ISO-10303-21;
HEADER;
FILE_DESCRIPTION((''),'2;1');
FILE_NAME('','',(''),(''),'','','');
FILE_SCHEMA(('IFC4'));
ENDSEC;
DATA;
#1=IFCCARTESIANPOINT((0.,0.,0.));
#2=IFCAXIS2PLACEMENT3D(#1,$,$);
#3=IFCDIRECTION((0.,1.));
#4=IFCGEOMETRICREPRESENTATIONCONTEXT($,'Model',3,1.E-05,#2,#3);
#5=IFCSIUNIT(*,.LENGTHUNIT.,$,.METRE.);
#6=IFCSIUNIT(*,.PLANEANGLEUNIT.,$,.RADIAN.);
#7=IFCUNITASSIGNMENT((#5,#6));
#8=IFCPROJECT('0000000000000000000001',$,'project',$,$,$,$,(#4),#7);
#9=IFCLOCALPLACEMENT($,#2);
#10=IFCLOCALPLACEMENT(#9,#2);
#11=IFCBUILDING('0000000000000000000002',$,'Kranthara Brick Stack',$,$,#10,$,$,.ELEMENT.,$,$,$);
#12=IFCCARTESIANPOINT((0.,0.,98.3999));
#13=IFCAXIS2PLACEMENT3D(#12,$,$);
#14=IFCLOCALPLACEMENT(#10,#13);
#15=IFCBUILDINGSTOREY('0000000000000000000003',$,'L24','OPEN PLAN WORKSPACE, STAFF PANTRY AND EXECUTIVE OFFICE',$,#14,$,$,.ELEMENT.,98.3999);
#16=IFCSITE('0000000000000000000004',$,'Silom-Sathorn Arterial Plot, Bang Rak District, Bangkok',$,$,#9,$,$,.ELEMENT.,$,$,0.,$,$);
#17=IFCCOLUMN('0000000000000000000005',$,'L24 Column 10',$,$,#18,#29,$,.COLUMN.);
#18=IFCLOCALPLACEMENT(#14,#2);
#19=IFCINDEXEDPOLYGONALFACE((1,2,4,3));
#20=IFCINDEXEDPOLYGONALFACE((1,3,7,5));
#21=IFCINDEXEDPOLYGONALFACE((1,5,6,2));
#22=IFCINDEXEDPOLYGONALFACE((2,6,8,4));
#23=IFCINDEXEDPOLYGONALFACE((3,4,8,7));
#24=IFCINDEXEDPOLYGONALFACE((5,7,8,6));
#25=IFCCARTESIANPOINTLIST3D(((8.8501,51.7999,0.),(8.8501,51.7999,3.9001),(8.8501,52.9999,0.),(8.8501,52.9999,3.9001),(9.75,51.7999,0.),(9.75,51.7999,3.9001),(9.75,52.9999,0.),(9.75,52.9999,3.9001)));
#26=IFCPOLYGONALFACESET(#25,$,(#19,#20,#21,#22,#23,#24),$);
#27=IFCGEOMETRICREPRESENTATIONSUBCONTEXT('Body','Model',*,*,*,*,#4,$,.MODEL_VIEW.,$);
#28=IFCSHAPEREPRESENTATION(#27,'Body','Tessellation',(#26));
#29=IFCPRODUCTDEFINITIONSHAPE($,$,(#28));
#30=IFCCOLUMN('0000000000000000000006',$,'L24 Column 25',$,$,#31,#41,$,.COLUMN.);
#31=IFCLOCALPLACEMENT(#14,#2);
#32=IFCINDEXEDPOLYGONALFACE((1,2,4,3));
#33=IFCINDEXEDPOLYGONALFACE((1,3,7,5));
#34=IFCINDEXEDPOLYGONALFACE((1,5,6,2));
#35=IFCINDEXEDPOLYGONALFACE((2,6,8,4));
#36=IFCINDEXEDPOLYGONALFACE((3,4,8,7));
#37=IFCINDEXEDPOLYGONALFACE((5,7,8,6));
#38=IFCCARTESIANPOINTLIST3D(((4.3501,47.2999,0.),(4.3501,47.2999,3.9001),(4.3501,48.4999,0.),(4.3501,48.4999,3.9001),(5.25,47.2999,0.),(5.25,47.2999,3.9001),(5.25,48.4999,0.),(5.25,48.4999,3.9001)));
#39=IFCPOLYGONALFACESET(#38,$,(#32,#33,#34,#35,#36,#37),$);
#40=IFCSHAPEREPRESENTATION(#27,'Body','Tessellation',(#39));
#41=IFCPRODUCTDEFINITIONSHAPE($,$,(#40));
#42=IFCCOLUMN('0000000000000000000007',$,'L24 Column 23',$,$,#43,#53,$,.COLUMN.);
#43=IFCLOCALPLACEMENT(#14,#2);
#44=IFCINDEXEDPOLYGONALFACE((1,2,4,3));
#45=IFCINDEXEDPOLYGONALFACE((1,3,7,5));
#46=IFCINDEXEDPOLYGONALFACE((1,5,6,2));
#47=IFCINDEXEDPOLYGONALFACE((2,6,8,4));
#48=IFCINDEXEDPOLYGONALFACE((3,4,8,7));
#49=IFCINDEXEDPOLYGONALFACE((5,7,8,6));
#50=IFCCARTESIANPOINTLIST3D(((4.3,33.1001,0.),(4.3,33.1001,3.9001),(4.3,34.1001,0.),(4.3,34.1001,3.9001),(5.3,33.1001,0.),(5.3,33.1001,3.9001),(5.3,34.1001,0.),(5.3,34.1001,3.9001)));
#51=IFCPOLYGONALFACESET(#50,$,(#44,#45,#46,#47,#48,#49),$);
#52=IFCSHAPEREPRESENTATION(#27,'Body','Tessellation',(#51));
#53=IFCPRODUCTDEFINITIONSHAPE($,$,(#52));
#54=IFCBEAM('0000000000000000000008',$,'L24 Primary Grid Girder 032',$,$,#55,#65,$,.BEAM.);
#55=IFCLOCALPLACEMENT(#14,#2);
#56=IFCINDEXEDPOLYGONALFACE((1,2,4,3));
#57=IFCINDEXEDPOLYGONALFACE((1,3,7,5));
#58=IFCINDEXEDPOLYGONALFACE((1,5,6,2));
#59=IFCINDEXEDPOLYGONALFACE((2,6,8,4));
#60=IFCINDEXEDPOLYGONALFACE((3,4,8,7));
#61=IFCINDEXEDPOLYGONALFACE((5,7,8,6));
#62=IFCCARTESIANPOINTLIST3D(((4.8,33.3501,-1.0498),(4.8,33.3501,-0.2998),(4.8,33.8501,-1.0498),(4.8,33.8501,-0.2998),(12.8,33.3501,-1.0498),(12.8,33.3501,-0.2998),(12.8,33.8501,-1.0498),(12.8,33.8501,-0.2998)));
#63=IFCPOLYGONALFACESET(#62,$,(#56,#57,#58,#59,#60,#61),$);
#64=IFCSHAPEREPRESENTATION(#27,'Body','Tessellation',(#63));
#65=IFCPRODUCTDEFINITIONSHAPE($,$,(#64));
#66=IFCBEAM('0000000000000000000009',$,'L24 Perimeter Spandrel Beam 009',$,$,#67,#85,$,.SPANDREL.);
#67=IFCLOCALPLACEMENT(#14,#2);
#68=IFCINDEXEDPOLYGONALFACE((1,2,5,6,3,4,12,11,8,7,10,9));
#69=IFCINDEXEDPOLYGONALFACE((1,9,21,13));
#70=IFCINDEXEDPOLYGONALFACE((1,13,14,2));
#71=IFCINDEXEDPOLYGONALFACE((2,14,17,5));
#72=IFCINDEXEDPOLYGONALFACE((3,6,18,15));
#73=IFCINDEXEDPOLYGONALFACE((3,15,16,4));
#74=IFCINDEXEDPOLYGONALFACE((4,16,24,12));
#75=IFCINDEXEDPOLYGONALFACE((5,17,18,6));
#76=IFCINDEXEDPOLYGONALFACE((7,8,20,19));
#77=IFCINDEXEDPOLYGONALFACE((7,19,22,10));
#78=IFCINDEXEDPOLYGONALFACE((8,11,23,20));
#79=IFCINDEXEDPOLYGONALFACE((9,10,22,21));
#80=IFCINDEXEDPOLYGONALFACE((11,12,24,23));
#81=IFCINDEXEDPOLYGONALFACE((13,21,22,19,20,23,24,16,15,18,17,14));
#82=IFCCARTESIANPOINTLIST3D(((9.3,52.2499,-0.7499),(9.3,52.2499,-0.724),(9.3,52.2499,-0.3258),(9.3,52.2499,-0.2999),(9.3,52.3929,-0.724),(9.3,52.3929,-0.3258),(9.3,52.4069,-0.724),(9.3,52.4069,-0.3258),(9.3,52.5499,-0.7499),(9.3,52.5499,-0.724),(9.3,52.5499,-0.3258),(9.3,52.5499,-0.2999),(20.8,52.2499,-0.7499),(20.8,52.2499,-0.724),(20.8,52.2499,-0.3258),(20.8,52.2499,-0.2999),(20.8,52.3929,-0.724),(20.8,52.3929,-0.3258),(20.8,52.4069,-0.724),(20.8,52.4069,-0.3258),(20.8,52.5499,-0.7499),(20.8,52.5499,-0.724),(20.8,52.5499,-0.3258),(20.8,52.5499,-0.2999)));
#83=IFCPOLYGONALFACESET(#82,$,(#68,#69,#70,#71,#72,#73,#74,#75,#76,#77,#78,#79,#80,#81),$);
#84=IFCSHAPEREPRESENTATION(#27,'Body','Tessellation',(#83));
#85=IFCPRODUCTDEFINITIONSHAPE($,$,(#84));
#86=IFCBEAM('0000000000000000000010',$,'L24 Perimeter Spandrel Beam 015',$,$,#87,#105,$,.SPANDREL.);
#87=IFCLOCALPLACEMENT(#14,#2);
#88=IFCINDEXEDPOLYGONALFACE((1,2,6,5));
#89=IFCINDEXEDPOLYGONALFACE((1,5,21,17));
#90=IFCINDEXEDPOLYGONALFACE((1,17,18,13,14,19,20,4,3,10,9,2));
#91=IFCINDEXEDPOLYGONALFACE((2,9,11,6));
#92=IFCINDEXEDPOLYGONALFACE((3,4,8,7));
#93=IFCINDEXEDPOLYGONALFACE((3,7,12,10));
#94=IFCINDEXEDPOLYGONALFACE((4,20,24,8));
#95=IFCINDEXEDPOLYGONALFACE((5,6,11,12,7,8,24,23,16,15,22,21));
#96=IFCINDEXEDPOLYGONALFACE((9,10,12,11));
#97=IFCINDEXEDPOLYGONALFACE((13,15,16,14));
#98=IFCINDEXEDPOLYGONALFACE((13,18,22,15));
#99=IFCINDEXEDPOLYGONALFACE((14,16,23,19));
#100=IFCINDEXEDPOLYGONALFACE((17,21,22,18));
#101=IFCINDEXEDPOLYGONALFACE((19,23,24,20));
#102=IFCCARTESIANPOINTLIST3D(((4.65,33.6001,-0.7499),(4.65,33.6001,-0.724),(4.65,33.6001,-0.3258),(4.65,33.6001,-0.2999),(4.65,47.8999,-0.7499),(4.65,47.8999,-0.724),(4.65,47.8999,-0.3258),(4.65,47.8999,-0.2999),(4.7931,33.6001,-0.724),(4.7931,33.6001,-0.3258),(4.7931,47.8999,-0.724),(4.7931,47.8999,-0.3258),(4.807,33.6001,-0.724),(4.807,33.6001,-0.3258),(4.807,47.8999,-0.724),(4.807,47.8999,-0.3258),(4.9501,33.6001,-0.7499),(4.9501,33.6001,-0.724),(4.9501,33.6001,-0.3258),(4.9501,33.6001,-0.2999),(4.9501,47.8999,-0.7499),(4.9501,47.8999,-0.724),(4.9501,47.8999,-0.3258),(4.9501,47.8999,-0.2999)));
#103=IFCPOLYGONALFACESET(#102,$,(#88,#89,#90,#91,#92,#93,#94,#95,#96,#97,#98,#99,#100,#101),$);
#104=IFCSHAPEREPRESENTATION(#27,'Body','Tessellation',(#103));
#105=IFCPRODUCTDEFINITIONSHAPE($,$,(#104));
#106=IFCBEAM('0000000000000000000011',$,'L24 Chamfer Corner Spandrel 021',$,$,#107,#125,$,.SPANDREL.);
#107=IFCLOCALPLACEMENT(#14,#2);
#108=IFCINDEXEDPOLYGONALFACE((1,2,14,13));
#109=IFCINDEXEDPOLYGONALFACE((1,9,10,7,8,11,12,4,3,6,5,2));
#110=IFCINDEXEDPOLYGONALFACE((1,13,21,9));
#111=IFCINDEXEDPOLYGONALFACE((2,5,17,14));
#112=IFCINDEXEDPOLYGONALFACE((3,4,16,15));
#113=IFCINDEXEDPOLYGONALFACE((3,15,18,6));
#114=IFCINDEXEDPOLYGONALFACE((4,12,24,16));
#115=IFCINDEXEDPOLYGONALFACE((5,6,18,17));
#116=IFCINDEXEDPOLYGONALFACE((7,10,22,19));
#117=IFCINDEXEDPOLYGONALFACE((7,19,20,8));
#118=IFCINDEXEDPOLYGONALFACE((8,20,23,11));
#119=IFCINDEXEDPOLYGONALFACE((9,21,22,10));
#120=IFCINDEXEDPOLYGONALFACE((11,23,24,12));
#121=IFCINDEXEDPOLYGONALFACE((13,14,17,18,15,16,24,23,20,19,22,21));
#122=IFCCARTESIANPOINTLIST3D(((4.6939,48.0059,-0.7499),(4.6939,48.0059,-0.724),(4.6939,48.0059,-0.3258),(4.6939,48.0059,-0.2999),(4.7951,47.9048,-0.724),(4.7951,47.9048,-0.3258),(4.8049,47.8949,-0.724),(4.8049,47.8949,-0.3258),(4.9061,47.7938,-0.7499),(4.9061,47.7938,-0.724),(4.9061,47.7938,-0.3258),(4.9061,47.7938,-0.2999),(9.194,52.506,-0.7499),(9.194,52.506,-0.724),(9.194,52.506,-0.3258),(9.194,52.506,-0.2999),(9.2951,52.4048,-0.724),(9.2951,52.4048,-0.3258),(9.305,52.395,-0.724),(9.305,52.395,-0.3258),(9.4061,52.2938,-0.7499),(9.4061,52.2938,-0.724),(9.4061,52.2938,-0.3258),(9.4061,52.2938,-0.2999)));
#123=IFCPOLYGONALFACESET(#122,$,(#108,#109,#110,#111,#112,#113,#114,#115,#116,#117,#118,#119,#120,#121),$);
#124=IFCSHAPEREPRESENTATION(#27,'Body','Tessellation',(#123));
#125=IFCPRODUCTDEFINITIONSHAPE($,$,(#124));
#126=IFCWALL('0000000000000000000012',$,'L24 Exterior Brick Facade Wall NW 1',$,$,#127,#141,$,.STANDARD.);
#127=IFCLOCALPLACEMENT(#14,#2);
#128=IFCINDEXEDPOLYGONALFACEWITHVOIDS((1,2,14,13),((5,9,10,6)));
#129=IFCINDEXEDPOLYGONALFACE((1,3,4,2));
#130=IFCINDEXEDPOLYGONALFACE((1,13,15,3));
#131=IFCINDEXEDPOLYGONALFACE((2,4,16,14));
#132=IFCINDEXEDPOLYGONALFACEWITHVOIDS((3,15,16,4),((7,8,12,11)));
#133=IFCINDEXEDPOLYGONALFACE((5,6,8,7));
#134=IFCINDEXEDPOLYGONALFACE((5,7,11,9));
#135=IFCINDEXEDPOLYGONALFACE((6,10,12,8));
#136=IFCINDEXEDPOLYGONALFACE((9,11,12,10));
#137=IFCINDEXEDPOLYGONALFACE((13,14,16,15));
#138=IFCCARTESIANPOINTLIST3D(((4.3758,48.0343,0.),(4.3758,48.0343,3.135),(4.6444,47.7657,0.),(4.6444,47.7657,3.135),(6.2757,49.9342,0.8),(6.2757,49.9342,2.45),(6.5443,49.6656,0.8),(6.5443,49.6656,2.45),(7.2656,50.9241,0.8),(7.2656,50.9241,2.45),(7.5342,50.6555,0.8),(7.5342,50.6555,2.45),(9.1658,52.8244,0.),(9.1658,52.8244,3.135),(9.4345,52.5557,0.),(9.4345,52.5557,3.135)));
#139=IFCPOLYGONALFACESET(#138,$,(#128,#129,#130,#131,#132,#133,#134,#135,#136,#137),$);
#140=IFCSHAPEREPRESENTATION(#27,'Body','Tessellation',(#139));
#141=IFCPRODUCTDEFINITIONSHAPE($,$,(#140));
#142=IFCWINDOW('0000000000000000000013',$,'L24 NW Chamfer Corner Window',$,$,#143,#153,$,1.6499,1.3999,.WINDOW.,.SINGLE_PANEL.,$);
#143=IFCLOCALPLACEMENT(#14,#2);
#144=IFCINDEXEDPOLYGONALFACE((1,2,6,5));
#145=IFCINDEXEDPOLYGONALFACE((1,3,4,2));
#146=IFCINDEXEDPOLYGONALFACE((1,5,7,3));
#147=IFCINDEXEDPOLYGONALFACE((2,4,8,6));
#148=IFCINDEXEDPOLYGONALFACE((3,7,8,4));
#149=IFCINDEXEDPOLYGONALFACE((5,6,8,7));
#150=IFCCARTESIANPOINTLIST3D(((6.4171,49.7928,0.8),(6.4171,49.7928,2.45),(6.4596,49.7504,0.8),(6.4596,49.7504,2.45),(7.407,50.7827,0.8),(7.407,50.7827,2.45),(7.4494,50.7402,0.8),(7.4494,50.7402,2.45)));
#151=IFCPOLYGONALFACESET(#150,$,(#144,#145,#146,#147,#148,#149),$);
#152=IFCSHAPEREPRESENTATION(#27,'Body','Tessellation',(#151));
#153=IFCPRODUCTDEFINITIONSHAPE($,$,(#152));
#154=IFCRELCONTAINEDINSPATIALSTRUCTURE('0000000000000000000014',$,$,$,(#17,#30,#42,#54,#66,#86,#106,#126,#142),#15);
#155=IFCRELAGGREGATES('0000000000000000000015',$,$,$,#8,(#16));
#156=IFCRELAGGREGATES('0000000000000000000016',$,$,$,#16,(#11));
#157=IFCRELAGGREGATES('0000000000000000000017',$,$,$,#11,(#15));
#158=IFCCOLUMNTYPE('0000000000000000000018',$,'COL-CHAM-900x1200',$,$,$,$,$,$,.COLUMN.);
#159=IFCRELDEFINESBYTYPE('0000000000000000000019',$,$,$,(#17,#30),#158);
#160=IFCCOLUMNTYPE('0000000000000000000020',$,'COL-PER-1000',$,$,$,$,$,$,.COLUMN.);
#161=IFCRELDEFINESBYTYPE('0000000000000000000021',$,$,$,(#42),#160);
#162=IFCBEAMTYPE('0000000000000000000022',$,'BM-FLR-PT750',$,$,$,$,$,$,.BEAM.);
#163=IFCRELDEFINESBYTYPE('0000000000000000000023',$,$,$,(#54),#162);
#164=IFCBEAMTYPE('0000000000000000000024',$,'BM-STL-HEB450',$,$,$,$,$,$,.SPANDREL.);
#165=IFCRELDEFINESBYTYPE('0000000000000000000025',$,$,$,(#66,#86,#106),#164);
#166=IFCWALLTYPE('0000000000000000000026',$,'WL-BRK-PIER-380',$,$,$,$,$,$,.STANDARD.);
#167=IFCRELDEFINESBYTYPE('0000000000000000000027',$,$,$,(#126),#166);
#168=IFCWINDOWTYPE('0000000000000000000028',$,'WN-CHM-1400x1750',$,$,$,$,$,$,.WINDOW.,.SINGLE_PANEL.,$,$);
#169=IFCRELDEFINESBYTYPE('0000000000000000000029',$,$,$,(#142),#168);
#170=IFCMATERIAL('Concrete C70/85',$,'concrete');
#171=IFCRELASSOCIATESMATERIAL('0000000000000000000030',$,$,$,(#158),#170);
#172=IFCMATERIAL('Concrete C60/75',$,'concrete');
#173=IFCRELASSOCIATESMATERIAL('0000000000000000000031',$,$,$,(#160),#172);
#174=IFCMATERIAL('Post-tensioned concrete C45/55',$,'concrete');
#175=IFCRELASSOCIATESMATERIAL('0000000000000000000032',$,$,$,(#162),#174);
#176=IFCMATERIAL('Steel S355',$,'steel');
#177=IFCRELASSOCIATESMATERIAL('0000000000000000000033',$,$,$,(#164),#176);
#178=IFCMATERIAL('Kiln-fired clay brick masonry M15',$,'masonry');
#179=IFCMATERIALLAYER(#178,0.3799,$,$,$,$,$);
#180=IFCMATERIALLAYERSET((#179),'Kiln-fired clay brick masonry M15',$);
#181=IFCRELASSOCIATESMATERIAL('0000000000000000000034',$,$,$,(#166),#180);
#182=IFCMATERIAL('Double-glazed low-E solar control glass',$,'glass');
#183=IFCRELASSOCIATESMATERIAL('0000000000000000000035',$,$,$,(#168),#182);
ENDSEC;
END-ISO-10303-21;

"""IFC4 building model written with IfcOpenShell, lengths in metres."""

from ifc_helpers import new_model, si_unit, direction, frame, frame_2d, origin, origin_2d, place, context, subcontext, project, spatial, rectangle, i_section, extrude, material, layer, layer_set, material_profile, profile_set, type_object, element, fill, save


model = new_model("IFC4")

# Units and contexts
model_context = context("Model", 3, precision=1e-05, world=origin(), true_north=direction((0.0, 1.0)))
body_context = subcontext(model_context, "Body", "Model", "MODEL_VIEW")
ifc_project = project(units=[si_unit("LENGTHUNIT", "METRE"), si_unit("PLANEANGLEUNIT", "RADIAN")], contexts=[model_context])

# Site, building, storey
site_placement = place(None, origin())
site = spatial("IfcSite", under=ifc_project, at=site_placement, Name="Silom-Sathorn Arterial Plot, Bang Rak District, Bangkok", CompositionType="ELEMENT", RefElevation=0.0)
building_placement = place(site_placement, origin())
building = spatial("IfcBuilding", under=site, at=building_placement, Name="Kranthara Brick Stack", CompositionType="ELEMENT")
storey_placement = place(building_placement, frame((0.0, 0.0, 98.3999)))
storey = spatial("IfcBuildingStorey", under=building, at=storey_placement, Name="L24", Description="OPEN PLAN WORKSPACE, STAFF PANTRY AND EXECUTIVE OFFICE", CompositionType="ELEMENT", Elevation=98.3999)

# Columns
ifc_material_1 = material(Name="Concrete C70/85", Category="concrete")
ifc_material_profile_1 = material_profile(ifc_material_1, rectangle(XDim=0.8999, YDim=1.2, at=origin_2d()), Name="RC 900x1200")
ifc_profile_set_1 = profile_set([ifc_material_profile_1], Name="Concrete C70/85")
column_type_1 = type_object("IfcColumnType", Name="COL-CHAM-900x1200", PredefinedType="COLUMN", material=ifc_profile_set_1)
for number, where, z_axis, x_axis, name in (
    (1, (9.3, 52.3999, 0.0), (0.0, 0.0, 1.0), (1.0, 0.0, 0.0), "L24 Column 10"),
    (2, (4.8, 47.8999, 0.0), (0.0, 0.0, 1.0), (1.0, 0.0, 0.0), "L24 Column 25"),
):
    element("IfcColumn", number, at=place(storey_placement, frame(where, z_axis=z_axis, x_axis=x_axis)), inside=storey, type_object=column_type_1, Name=name, PredefinedType="COLUMN", context=body_context, shape_type="SweptSolid", body=[
        extrude(rectangle(XDim=0.8999, YDim=1.2, at=origin_2d()), origin(), (0.0, 0.0, 1.0), 3.9001),
    ])
ifc_material_2 = material(Name="Concrete C60/75", Category="concrete")
ifc_material_profile_2 = material_profile(ifc_material_2, rectangle(XDim=1.0, YDim=1.0, at=origin_2d()), Name="RC 1000x1000")
ifc_profile_set_2 = profile_set([ifc_material_profile_2], Name="Concrete C60/75")
column_type_2 = type_object("IfcColumnType", Name="COL-PER-1000", PredefinedType="COLUMN", material=ifc_profile_set_2)
column_placement = place(storey_placement, frame((4.8, 33.6001, 0.0), z_axis=(0.0, 0.0, 1.0), x_axis=(1.0, 0.0, 0.0)))
element("IfcColumn", 3, at=column_placement, inside=storey, type_object=column_type_2, Name="L24 Column 23", PredefinedType="COLUMN", context=body_context, shape_type="SweptSolid", body=[
    extrude(rectangle(XDim=1.0, YDim=1.0, at=origin_2d()), origin(), (0.0, 0.0, 1.0), 3.9001),
])

# Beams
ifc_material_3 = material(Name="Post-tensioned concrete C45/55", Category="concrete")
ifc_material_profile_3 = material_profile(ifc_material_3, rectangle(XDim=0.5, YDim=0.75, at=origin_2d()), Name="PT 500x750")
ifc_profile_set_3 = profile_set([ifc_material_profile_3], Name="Post-tensioned concrete C45/55")
beam_type_1 = type_object("IfcBeamType", Name="BM-FLR-PT750", PredefinedType="BEAM", material=ifc_profile_set_3)
beam_1_placement = place(storey_placement, frame((4.8, 33.6001, -0.6748), z_axis=(1.0, 0.0, 0.0), x_axis=(0.0, 1.0, 0.0)))
element("IfcBeam", 4, at=beam_1_placement, inside=storey, type_object=beam_type_1, Name="L24 Primary Grid Girder 032", PredefinedType="BEAM", context=body_context, shape_type="SweptSolid", body=[
    extrude(rectangle(XDim=0.5, YDim=0.75, at=origin_2d()), origin(), (0.0, 0.0, 1.0), 8.0),
])
ifc_material_4 = material(Name="Steel S355", Category="steel")
ifc_material_profile_4 = material_profile(ifc_material_4, i_section(OverallWidth=0.3, OverallDepth=0.45, WebThickness=0.0139, FlangeThickness=0.0259, at=origin_2d()), Name="HEB 450")
ifc_profile_set_4 = profile_set([ifc_material_profile_4], Name="Steel S355")
beam_type_2 = type_object("IfcBeamType", Name="BM-STL-HEB450", PredefinedType="SPANDREL", material=ifc_profile_set_4)
beam_2_placement = place(storey_placement, frame((9.3, 52.3999, -0.5249), z_axis=(1.0, 0.0, 0.0), x_axis=(0.0, 1.0, 0.0)))
element("IfcBeam", 5, at=beam_2_placement, inside=storey, type_object=beam_type_2, Name="L24 Perimeter Spandrel Beam 009", PredefinedType="SPANDREL", context=body_context, shape_type="SweptSolid", body=[
    extrude(i_section(OverallWidth=0.3, OverallDepth=0.45, WebThickness=0.0139, FlangeThickness=0.0259, at=origin_2d()), origin(), (0.0, 0.0, 1.0), 11.5),
])
beam_3_placement = place(storey_placement, frame((4.8, 33.6001, -0.5249), z_axis=(0.0, 1.0, 0.0), x_axis=(-1.0, 0.0, 0.0)))
element("IfcBeam", 6, at=beam_3_placement, inside=storey, type_object=beam_type_2, Name="L24 Perimeter Spandrel Beam 015", PredefinedType="SPANDREL", context=body_context, shape_type="SweptSolid", body=[
    extrude(i_section(OverallWidth=0.3, OverallDepth=0.45, WebThickness=0.0139, FlangeThickness=0.0259, at=origin_2d()), origin(), (0.0, 0.0, 1.0), 14.2998),
])
beam_4_placement = place(storey_placement, frame((9.3, 52.3999, -0.5249), z_axis=(-0.707107, -0.707107, 0.0), x_axis=(0.707107, -0.707107, 0.0)))
element("IfcBeam", 7, at=beam_4_placement, inside=storey, type_object=beam_type_2, Name="L24 Chamfer Corner Spandrel 021", PredefinedType="SPANDREL", context=body_context, shape_type="SweptSolid", body=[
    extrude(i_section(OverallWidth=0.3, OverallDepth=0.45, WebThickness=0.0139, FlangeThickness=0.0259, at=origin_2d()), origin(), (0.0, 0.0, 1.0), 6.364),
])

# Wall, opening, window
ifc_material_5 = material(Name="Kiln-fired clay brick masonry M15", Category="masonry")
ifc_layer_1 = layer(ifc_material_5, 0.3799)
ifc_layer_set_1 = layer_set([ifc_layer_1], Name="Kiln-fired clay brick masonry M15")
wall_type_1 = type_object("IfcWallType", Name="WL-BRK-PIER-380", PredefinedType="STANDARD", material=ifc_layer_set_1)
wall_1_placement = place(storey_placement, frame((4.51, 47.8999, 0.0), z_axis=(0.0, 0.0, 1.0), x_axis=(0.707107, 0.707107, 0.0)))
wall_1 = element("IfcWall", 8, at=wall_1_placement, inside=storey, type_object=wall_type_1, Name="L24 Exterior Brick Facade Wall NW 1", PredefinedType="STANDARD", context=body_context, shape_type="SweptSolid", body=[
    extrude(rectangle(XDim=6.7742, YDim=0.3799, at=frame_2d((3.3872, 0.0))), origin(), (0.0, 0.0, 1.0), 3.135),
])
opening_1_placement = place(wall_1_placement, frame((2.687, 0.0, 0.8)))
opening_1 = element("IfcOpeningElement", 9, at=opening_1_placement, cuts=wall_1, PredefinedType="OPENING", context=body_context, shape_type="SweptSolid", body=[
    extrude(rectangle(XDim=1.3999, YDim=1.6499, at=frame_2d((0.7, 0.825))), frame((0.0, 0.2, 0.0), z_axis=(0.0, -1.0, 0.0), x_axis=(1.0, 0.0, 0.0)), (0.0, 0.0, 1.0), 0.3999),
])
ifc_material_6 = material(Name="Double-glazed low-E solar control glass", Category="glass")
window_type_1 = type_object("IfcWindowType", Name="WN-CHM-1400x1750", PartitioningType="SINGLE_PANEL", PredefinedType="WINDOW", material=ifc_material_6)
window_1_placement = place(opening_1_placement, origin())
window_1 = element("IfcWindow", 10, at=window_1_placement, inside=storey, type_object=window_type_1, Name="L24 NW Chamfer Corner Window", OverallHeight=1.6499, OverallWidth=1.3999, PartitioningType="SINGLE_PANEL", PredefinedType="WINDOW", context=body_context, shape_type="SweptSolid", body=[
    extrude(rectangle(XDim=1.3999, YDim=1.6499, at=frame_2d((0.7, 0.825))), frame((0.0, -0.01, 0.0), z_axis=(0.0, -1.0, 0.0), x_axis=(1.0, 0.0, 0.0)), (0.0, 0.0, 1.0), 0.0601),
])
fill(opening_1, window_1)

save(model, "model.ifc")
